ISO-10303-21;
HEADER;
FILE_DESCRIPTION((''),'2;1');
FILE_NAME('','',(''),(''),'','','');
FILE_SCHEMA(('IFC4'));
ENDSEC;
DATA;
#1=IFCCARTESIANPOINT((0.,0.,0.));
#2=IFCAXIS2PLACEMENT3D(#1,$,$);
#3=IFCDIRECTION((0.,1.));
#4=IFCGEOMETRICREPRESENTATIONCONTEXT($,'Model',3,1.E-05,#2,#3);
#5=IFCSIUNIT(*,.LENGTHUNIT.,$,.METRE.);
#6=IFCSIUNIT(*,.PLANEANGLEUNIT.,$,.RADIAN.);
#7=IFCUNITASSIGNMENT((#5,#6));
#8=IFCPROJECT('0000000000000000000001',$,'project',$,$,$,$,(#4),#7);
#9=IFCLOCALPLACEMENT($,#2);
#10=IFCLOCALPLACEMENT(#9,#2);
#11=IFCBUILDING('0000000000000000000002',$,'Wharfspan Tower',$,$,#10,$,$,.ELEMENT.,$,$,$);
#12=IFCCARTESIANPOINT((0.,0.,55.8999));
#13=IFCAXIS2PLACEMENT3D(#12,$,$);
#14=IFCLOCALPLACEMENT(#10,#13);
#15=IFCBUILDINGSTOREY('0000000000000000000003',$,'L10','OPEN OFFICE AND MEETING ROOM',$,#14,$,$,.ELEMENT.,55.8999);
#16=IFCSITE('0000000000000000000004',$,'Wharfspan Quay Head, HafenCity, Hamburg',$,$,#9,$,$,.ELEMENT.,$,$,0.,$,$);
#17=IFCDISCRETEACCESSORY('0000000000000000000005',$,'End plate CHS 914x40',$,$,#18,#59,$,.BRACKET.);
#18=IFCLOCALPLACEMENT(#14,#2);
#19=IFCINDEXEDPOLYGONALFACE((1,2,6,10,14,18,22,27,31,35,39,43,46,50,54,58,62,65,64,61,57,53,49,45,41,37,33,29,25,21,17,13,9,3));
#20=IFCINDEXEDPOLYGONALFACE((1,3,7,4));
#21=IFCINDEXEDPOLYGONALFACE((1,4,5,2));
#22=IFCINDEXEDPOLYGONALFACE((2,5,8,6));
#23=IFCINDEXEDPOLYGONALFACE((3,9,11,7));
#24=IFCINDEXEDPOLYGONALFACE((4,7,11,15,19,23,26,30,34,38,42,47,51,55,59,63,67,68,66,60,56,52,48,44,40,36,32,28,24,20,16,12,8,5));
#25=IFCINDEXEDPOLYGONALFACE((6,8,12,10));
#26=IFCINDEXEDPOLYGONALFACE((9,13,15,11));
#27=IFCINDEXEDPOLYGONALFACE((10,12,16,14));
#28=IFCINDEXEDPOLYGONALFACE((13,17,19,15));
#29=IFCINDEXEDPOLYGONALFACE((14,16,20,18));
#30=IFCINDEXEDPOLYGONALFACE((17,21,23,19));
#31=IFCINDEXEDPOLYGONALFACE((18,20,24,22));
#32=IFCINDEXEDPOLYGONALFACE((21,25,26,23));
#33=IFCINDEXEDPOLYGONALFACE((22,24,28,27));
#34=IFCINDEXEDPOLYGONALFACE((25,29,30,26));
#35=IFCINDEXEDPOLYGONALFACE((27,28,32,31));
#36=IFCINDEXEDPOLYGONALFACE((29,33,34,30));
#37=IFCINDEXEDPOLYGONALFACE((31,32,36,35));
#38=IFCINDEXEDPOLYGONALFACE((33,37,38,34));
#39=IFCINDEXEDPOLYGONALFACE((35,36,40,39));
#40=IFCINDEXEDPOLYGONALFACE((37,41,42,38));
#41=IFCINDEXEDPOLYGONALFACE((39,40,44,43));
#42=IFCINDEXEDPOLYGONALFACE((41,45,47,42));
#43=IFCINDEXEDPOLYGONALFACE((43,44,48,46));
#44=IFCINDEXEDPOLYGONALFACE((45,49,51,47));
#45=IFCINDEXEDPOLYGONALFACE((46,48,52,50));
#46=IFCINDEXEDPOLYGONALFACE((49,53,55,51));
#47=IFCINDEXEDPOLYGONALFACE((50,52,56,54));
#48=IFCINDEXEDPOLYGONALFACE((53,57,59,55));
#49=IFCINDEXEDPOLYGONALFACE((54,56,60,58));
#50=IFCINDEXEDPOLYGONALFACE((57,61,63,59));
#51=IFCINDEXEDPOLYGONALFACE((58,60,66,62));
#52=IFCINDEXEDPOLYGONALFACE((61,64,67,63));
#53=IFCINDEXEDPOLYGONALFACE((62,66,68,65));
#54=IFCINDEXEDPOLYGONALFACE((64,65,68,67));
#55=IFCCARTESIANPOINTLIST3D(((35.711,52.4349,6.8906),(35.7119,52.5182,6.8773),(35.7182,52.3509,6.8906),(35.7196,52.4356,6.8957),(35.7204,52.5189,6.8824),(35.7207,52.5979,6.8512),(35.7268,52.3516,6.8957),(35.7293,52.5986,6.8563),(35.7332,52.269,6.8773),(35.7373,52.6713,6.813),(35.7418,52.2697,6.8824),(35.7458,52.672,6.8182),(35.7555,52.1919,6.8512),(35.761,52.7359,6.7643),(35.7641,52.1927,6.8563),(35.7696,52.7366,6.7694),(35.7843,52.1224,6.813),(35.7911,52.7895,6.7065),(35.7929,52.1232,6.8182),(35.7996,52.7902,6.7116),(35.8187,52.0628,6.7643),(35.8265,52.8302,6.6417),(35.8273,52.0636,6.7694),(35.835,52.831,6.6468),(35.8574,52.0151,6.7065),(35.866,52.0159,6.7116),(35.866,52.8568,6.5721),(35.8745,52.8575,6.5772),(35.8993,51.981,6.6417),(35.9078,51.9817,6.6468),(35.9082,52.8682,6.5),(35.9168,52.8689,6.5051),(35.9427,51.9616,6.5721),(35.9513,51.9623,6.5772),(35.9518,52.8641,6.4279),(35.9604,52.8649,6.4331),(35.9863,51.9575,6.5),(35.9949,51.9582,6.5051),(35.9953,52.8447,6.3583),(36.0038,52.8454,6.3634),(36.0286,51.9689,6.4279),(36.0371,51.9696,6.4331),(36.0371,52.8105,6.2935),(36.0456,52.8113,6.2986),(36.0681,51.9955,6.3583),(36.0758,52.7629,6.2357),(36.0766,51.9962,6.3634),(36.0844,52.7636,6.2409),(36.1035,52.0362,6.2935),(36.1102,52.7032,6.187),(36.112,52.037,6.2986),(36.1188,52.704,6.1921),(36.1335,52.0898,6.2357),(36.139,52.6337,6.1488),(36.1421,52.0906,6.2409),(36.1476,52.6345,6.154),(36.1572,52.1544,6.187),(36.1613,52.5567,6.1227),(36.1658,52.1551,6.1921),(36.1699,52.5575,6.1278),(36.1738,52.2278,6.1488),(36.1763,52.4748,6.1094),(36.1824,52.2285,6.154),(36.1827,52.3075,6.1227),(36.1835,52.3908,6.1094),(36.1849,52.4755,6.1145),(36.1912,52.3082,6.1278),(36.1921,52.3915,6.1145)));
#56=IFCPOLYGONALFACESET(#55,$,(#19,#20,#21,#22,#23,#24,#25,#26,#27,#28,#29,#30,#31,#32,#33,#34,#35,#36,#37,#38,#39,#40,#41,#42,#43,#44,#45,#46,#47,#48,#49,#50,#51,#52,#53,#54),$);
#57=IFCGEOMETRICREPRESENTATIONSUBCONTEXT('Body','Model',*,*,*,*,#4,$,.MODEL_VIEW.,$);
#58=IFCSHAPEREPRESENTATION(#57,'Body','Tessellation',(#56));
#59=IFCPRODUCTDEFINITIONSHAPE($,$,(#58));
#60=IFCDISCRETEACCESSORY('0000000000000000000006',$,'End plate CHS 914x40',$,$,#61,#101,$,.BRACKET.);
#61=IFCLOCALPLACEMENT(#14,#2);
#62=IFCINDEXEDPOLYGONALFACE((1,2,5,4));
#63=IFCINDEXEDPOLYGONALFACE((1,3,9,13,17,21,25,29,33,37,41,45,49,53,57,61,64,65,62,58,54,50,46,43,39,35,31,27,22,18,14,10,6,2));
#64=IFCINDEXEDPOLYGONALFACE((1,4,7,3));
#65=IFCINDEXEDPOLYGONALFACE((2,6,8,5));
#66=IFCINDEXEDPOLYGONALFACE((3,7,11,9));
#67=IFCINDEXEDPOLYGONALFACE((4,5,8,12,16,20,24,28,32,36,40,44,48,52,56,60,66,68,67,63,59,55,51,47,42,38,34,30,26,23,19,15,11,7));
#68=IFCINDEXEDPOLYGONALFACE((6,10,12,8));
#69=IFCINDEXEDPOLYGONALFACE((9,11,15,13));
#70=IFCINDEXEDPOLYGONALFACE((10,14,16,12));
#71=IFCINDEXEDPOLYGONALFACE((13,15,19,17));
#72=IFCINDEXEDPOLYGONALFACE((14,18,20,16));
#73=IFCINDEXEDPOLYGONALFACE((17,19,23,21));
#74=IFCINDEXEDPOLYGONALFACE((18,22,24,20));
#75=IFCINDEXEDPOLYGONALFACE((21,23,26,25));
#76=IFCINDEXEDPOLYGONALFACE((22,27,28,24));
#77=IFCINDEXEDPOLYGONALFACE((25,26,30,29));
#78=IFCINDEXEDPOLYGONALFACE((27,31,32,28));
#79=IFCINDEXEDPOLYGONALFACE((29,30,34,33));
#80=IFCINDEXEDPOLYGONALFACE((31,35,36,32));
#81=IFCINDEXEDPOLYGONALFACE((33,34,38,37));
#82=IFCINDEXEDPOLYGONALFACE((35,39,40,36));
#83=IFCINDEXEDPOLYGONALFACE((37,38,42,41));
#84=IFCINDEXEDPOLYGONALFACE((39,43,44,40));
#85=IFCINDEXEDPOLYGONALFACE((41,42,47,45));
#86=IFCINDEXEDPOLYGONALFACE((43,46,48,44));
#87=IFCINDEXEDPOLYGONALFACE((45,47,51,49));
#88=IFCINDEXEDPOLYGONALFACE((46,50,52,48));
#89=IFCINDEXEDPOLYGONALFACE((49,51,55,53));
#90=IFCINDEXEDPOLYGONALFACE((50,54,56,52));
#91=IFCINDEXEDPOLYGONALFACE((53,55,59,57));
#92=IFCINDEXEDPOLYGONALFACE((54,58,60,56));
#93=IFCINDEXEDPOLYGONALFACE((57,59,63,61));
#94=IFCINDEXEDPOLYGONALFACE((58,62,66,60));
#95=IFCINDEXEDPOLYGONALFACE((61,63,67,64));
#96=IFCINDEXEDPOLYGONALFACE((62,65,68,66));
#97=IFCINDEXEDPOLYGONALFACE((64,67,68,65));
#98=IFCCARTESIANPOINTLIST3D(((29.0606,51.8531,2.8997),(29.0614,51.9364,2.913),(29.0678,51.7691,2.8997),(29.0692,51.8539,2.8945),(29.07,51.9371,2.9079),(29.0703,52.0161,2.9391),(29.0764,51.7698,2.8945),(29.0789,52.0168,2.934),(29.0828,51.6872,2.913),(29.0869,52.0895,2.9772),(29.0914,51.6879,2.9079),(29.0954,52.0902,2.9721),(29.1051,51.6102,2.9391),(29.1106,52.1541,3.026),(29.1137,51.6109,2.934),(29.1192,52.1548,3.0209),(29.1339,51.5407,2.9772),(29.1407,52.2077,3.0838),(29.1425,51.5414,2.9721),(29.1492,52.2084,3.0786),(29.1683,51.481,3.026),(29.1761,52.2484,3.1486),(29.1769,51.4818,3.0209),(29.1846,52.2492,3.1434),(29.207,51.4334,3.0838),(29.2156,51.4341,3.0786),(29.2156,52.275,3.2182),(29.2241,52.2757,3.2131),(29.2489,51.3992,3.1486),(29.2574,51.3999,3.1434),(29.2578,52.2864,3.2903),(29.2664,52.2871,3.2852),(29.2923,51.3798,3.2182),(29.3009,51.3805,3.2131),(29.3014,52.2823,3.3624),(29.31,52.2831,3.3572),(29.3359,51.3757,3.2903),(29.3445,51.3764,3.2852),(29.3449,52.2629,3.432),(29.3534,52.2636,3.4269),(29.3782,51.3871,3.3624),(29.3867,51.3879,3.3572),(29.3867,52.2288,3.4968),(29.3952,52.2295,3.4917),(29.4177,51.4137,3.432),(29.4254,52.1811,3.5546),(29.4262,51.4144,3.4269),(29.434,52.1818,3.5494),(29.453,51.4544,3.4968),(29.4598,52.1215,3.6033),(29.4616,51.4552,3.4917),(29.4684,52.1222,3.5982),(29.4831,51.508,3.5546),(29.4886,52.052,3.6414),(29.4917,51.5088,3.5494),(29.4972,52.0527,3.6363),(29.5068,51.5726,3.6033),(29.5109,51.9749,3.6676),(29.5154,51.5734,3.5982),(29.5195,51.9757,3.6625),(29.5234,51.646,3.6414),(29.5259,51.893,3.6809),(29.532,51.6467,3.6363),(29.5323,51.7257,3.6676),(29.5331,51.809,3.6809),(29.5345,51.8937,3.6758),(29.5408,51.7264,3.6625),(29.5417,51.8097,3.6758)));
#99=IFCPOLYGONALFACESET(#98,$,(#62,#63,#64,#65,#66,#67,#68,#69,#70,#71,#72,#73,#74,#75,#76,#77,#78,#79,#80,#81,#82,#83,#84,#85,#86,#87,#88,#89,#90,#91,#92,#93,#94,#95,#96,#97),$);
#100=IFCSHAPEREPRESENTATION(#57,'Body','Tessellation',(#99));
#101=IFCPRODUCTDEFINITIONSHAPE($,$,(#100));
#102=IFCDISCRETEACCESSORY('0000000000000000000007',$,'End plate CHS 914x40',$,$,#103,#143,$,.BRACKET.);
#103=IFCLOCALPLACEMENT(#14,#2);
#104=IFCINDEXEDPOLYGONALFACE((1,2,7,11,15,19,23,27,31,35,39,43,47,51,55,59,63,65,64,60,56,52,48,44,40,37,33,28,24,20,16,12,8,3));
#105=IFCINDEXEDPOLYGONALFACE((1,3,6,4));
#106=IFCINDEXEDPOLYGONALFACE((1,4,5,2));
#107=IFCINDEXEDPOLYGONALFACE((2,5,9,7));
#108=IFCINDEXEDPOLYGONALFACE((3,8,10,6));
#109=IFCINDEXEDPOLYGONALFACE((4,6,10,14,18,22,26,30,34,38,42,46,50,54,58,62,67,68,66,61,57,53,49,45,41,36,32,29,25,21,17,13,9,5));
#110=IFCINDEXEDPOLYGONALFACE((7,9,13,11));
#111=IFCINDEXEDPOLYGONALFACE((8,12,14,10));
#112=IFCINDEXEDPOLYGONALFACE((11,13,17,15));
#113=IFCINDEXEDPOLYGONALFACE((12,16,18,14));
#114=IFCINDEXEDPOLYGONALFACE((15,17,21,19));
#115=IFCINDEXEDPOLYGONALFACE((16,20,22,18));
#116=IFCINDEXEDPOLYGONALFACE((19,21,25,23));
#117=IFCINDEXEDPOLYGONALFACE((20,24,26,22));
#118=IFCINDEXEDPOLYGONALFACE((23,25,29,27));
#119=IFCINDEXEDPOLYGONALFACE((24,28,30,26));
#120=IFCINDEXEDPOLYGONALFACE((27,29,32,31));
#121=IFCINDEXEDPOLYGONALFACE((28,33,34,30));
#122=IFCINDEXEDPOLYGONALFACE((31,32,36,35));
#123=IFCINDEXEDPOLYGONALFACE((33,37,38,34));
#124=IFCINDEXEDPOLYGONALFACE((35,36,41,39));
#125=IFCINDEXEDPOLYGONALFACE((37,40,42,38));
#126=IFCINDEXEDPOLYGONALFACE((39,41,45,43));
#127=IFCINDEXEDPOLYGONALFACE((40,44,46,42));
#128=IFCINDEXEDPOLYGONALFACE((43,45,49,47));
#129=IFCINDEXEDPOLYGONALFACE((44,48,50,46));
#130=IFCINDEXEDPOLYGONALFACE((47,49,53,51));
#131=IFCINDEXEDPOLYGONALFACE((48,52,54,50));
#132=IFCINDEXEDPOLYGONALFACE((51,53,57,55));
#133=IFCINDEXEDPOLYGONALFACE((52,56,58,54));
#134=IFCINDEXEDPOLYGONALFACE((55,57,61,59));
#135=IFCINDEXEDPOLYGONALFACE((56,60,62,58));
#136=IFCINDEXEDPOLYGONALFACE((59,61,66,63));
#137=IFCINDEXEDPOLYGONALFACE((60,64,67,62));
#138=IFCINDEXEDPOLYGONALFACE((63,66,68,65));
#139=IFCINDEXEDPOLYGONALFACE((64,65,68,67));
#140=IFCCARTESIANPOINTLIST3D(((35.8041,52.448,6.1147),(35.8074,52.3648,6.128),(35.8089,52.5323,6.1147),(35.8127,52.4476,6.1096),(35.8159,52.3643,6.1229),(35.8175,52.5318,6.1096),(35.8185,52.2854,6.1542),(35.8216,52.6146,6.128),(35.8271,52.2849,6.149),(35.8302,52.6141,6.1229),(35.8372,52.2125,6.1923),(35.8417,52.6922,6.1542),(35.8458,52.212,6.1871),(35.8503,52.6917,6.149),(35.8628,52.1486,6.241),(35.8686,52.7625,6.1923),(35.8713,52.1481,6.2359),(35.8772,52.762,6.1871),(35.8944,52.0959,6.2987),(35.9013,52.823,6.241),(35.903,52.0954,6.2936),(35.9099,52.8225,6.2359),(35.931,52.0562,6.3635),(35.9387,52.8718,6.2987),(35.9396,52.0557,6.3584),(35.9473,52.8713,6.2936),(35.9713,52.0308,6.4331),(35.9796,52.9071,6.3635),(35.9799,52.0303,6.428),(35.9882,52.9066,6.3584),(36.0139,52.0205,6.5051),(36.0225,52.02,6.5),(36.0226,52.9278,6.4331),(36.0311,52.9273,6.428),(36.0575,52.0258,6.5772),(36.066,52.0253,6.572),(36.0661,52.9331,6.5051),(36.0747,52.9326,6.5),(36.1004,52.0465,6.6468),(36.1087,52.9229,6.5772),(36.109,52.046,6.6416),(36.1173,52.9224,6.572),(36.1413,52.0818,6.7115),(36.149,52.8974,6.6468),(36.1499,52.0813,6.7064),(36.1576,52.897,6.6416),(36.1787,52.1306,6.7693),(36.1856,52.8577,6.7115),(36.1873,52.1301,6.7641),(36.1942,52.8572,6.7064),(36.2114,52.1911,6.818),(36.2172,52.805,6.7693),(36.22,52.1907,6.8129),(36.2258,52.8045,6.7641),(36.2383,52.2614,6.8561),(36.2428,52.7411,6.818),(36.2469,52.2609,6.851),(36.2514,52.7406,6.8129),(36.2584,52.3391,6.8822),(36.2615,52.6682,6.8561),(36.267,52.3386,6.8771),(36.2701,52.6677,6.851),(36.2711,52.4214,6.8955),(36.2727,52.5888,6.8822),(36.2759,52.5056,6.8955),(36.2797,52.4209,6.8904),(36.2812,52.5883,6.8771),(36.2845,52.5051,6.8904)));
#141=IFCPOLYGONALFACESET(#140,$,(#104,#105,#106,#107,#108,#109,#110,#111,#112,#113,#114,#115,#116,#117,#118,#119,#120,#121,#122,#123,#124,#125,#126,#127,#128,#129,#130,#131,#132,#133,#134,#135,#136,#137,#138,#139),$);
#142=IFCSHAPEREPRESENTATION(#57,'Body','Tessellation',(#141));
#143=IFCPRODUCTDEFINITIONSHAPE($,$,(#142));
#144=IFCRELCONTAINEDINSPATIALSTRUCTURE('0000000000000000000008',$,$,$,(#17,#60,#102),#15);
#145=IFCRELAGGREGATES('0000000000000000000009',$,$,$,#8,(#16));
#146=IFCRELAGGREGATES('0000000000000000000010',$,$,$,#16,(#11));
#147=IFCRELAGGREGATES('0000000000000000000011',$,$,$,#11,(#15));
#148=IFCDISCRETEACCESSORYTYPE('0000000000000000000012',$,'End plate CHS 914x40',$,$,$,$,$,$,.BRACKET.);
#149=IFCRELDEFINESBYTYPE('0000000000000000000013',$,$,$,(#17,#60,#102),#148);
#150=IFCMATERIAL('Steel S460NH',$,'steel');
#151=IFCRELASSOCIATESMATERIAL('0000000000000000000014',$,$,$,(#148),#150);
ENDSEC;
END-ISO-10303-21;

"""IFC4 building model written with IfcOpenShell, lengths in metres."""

from ifc_helpers import new_model, si_unit, direction, frame, origin, origin_2d, place, context, subcontext, project, spatial, circle, extrude, material, material_profile, profile_set, type_object, element, save


model = new_model("IFC4")

# Units and contexts
model_context = context("Model", 3, precision=1e-05, world=origin(), true_north=direction((0.0, 1.0)))
body_context = subcontext(model_context, "Body", "Model", "MODEL_VIEW")
ifc_project = project(units=[si_unit("LENGTHUNIT", "METRE"), si_unit("PLANEANGLEUNIT", "RADIAN")], contexts=[model_context])

# Site, building, storey
site_placement = place(None, origin())
site = spatial("IfcSite", under=ifc_project, at=site_placement, Name="Wharfspan Quay Head, HafenCity, Hamburg", CompositionType="ELEMENT", RefElevation=0.0)
building_placement = place(site_placement, origin())
building = spatial("IfcBuilding", under=site, at=building_placement, Name="Wharfspan Tower", CompositionType="ELEMENT")
storey_placement = place(building_placement, frame((0.0, 0.0, 55.8999)))
storey = spatial("IfcBuildingStorey", under=building, at=storey_placement, Name="L10", Description="OPEN OFFICE AND MEETING ROOM", CompositionType="ELEMENT", Elevation=55.8999)

# Shared definitions
ifc_material_1 = material(Name="Steel S460NH", Category="steel")

# Discrete accessories
ifc_material_profile_1 = material_profile(ifc_material_1, circle(Radius=0.457, at=origin_2d()))
ifc_profile_set_1 = profile_set([ifc_material_profile_1], Name="Steel S460NH")
discrete_accessory_type = type_object("IfcDiscreteAccessoryType", Name="End plate CHS 914x40", PredefinedType="BRACKET", material=ifc_profile_set_1)
for number, where, z_axis, x_axis, name in (
    (1, (35.9473, 52.4128, 6.5), (0.855186, 0.073302, 0.513112), (-0.085402, 0.996345, 0.000001), "End plate CHS 914x40"),
    (2, (29.3054, 51.8318, 3.2852), (-0.855186, -0.073302, 0.513112), (0.085402, -0.996345, 0.000001), "End plate CHS 914x40"),
    (3, (36.0486, 52.4763, 6.5), (-0.856465, 0.048941, 0.513879), (-0.05705, -0.998372, 0.0), "End plate CHS 914x40"),
):
    element("IfcDiscreteAccessory", number, at=place(storey_placement, frame(where, z_axis=z_axis, x_axis=x_axis)), inside=storey, type_object=discrete_accessory_type, Name=name, PredefinedType="BRACKET", context=body_context, shape_type="SweptSolid", body=[
        extrude(circle(Radius=0.457, at=origin_2d()), origin(), (0.0, 0.0, 1.0), 0.01),
    ])

save(model, "model.ifc")
